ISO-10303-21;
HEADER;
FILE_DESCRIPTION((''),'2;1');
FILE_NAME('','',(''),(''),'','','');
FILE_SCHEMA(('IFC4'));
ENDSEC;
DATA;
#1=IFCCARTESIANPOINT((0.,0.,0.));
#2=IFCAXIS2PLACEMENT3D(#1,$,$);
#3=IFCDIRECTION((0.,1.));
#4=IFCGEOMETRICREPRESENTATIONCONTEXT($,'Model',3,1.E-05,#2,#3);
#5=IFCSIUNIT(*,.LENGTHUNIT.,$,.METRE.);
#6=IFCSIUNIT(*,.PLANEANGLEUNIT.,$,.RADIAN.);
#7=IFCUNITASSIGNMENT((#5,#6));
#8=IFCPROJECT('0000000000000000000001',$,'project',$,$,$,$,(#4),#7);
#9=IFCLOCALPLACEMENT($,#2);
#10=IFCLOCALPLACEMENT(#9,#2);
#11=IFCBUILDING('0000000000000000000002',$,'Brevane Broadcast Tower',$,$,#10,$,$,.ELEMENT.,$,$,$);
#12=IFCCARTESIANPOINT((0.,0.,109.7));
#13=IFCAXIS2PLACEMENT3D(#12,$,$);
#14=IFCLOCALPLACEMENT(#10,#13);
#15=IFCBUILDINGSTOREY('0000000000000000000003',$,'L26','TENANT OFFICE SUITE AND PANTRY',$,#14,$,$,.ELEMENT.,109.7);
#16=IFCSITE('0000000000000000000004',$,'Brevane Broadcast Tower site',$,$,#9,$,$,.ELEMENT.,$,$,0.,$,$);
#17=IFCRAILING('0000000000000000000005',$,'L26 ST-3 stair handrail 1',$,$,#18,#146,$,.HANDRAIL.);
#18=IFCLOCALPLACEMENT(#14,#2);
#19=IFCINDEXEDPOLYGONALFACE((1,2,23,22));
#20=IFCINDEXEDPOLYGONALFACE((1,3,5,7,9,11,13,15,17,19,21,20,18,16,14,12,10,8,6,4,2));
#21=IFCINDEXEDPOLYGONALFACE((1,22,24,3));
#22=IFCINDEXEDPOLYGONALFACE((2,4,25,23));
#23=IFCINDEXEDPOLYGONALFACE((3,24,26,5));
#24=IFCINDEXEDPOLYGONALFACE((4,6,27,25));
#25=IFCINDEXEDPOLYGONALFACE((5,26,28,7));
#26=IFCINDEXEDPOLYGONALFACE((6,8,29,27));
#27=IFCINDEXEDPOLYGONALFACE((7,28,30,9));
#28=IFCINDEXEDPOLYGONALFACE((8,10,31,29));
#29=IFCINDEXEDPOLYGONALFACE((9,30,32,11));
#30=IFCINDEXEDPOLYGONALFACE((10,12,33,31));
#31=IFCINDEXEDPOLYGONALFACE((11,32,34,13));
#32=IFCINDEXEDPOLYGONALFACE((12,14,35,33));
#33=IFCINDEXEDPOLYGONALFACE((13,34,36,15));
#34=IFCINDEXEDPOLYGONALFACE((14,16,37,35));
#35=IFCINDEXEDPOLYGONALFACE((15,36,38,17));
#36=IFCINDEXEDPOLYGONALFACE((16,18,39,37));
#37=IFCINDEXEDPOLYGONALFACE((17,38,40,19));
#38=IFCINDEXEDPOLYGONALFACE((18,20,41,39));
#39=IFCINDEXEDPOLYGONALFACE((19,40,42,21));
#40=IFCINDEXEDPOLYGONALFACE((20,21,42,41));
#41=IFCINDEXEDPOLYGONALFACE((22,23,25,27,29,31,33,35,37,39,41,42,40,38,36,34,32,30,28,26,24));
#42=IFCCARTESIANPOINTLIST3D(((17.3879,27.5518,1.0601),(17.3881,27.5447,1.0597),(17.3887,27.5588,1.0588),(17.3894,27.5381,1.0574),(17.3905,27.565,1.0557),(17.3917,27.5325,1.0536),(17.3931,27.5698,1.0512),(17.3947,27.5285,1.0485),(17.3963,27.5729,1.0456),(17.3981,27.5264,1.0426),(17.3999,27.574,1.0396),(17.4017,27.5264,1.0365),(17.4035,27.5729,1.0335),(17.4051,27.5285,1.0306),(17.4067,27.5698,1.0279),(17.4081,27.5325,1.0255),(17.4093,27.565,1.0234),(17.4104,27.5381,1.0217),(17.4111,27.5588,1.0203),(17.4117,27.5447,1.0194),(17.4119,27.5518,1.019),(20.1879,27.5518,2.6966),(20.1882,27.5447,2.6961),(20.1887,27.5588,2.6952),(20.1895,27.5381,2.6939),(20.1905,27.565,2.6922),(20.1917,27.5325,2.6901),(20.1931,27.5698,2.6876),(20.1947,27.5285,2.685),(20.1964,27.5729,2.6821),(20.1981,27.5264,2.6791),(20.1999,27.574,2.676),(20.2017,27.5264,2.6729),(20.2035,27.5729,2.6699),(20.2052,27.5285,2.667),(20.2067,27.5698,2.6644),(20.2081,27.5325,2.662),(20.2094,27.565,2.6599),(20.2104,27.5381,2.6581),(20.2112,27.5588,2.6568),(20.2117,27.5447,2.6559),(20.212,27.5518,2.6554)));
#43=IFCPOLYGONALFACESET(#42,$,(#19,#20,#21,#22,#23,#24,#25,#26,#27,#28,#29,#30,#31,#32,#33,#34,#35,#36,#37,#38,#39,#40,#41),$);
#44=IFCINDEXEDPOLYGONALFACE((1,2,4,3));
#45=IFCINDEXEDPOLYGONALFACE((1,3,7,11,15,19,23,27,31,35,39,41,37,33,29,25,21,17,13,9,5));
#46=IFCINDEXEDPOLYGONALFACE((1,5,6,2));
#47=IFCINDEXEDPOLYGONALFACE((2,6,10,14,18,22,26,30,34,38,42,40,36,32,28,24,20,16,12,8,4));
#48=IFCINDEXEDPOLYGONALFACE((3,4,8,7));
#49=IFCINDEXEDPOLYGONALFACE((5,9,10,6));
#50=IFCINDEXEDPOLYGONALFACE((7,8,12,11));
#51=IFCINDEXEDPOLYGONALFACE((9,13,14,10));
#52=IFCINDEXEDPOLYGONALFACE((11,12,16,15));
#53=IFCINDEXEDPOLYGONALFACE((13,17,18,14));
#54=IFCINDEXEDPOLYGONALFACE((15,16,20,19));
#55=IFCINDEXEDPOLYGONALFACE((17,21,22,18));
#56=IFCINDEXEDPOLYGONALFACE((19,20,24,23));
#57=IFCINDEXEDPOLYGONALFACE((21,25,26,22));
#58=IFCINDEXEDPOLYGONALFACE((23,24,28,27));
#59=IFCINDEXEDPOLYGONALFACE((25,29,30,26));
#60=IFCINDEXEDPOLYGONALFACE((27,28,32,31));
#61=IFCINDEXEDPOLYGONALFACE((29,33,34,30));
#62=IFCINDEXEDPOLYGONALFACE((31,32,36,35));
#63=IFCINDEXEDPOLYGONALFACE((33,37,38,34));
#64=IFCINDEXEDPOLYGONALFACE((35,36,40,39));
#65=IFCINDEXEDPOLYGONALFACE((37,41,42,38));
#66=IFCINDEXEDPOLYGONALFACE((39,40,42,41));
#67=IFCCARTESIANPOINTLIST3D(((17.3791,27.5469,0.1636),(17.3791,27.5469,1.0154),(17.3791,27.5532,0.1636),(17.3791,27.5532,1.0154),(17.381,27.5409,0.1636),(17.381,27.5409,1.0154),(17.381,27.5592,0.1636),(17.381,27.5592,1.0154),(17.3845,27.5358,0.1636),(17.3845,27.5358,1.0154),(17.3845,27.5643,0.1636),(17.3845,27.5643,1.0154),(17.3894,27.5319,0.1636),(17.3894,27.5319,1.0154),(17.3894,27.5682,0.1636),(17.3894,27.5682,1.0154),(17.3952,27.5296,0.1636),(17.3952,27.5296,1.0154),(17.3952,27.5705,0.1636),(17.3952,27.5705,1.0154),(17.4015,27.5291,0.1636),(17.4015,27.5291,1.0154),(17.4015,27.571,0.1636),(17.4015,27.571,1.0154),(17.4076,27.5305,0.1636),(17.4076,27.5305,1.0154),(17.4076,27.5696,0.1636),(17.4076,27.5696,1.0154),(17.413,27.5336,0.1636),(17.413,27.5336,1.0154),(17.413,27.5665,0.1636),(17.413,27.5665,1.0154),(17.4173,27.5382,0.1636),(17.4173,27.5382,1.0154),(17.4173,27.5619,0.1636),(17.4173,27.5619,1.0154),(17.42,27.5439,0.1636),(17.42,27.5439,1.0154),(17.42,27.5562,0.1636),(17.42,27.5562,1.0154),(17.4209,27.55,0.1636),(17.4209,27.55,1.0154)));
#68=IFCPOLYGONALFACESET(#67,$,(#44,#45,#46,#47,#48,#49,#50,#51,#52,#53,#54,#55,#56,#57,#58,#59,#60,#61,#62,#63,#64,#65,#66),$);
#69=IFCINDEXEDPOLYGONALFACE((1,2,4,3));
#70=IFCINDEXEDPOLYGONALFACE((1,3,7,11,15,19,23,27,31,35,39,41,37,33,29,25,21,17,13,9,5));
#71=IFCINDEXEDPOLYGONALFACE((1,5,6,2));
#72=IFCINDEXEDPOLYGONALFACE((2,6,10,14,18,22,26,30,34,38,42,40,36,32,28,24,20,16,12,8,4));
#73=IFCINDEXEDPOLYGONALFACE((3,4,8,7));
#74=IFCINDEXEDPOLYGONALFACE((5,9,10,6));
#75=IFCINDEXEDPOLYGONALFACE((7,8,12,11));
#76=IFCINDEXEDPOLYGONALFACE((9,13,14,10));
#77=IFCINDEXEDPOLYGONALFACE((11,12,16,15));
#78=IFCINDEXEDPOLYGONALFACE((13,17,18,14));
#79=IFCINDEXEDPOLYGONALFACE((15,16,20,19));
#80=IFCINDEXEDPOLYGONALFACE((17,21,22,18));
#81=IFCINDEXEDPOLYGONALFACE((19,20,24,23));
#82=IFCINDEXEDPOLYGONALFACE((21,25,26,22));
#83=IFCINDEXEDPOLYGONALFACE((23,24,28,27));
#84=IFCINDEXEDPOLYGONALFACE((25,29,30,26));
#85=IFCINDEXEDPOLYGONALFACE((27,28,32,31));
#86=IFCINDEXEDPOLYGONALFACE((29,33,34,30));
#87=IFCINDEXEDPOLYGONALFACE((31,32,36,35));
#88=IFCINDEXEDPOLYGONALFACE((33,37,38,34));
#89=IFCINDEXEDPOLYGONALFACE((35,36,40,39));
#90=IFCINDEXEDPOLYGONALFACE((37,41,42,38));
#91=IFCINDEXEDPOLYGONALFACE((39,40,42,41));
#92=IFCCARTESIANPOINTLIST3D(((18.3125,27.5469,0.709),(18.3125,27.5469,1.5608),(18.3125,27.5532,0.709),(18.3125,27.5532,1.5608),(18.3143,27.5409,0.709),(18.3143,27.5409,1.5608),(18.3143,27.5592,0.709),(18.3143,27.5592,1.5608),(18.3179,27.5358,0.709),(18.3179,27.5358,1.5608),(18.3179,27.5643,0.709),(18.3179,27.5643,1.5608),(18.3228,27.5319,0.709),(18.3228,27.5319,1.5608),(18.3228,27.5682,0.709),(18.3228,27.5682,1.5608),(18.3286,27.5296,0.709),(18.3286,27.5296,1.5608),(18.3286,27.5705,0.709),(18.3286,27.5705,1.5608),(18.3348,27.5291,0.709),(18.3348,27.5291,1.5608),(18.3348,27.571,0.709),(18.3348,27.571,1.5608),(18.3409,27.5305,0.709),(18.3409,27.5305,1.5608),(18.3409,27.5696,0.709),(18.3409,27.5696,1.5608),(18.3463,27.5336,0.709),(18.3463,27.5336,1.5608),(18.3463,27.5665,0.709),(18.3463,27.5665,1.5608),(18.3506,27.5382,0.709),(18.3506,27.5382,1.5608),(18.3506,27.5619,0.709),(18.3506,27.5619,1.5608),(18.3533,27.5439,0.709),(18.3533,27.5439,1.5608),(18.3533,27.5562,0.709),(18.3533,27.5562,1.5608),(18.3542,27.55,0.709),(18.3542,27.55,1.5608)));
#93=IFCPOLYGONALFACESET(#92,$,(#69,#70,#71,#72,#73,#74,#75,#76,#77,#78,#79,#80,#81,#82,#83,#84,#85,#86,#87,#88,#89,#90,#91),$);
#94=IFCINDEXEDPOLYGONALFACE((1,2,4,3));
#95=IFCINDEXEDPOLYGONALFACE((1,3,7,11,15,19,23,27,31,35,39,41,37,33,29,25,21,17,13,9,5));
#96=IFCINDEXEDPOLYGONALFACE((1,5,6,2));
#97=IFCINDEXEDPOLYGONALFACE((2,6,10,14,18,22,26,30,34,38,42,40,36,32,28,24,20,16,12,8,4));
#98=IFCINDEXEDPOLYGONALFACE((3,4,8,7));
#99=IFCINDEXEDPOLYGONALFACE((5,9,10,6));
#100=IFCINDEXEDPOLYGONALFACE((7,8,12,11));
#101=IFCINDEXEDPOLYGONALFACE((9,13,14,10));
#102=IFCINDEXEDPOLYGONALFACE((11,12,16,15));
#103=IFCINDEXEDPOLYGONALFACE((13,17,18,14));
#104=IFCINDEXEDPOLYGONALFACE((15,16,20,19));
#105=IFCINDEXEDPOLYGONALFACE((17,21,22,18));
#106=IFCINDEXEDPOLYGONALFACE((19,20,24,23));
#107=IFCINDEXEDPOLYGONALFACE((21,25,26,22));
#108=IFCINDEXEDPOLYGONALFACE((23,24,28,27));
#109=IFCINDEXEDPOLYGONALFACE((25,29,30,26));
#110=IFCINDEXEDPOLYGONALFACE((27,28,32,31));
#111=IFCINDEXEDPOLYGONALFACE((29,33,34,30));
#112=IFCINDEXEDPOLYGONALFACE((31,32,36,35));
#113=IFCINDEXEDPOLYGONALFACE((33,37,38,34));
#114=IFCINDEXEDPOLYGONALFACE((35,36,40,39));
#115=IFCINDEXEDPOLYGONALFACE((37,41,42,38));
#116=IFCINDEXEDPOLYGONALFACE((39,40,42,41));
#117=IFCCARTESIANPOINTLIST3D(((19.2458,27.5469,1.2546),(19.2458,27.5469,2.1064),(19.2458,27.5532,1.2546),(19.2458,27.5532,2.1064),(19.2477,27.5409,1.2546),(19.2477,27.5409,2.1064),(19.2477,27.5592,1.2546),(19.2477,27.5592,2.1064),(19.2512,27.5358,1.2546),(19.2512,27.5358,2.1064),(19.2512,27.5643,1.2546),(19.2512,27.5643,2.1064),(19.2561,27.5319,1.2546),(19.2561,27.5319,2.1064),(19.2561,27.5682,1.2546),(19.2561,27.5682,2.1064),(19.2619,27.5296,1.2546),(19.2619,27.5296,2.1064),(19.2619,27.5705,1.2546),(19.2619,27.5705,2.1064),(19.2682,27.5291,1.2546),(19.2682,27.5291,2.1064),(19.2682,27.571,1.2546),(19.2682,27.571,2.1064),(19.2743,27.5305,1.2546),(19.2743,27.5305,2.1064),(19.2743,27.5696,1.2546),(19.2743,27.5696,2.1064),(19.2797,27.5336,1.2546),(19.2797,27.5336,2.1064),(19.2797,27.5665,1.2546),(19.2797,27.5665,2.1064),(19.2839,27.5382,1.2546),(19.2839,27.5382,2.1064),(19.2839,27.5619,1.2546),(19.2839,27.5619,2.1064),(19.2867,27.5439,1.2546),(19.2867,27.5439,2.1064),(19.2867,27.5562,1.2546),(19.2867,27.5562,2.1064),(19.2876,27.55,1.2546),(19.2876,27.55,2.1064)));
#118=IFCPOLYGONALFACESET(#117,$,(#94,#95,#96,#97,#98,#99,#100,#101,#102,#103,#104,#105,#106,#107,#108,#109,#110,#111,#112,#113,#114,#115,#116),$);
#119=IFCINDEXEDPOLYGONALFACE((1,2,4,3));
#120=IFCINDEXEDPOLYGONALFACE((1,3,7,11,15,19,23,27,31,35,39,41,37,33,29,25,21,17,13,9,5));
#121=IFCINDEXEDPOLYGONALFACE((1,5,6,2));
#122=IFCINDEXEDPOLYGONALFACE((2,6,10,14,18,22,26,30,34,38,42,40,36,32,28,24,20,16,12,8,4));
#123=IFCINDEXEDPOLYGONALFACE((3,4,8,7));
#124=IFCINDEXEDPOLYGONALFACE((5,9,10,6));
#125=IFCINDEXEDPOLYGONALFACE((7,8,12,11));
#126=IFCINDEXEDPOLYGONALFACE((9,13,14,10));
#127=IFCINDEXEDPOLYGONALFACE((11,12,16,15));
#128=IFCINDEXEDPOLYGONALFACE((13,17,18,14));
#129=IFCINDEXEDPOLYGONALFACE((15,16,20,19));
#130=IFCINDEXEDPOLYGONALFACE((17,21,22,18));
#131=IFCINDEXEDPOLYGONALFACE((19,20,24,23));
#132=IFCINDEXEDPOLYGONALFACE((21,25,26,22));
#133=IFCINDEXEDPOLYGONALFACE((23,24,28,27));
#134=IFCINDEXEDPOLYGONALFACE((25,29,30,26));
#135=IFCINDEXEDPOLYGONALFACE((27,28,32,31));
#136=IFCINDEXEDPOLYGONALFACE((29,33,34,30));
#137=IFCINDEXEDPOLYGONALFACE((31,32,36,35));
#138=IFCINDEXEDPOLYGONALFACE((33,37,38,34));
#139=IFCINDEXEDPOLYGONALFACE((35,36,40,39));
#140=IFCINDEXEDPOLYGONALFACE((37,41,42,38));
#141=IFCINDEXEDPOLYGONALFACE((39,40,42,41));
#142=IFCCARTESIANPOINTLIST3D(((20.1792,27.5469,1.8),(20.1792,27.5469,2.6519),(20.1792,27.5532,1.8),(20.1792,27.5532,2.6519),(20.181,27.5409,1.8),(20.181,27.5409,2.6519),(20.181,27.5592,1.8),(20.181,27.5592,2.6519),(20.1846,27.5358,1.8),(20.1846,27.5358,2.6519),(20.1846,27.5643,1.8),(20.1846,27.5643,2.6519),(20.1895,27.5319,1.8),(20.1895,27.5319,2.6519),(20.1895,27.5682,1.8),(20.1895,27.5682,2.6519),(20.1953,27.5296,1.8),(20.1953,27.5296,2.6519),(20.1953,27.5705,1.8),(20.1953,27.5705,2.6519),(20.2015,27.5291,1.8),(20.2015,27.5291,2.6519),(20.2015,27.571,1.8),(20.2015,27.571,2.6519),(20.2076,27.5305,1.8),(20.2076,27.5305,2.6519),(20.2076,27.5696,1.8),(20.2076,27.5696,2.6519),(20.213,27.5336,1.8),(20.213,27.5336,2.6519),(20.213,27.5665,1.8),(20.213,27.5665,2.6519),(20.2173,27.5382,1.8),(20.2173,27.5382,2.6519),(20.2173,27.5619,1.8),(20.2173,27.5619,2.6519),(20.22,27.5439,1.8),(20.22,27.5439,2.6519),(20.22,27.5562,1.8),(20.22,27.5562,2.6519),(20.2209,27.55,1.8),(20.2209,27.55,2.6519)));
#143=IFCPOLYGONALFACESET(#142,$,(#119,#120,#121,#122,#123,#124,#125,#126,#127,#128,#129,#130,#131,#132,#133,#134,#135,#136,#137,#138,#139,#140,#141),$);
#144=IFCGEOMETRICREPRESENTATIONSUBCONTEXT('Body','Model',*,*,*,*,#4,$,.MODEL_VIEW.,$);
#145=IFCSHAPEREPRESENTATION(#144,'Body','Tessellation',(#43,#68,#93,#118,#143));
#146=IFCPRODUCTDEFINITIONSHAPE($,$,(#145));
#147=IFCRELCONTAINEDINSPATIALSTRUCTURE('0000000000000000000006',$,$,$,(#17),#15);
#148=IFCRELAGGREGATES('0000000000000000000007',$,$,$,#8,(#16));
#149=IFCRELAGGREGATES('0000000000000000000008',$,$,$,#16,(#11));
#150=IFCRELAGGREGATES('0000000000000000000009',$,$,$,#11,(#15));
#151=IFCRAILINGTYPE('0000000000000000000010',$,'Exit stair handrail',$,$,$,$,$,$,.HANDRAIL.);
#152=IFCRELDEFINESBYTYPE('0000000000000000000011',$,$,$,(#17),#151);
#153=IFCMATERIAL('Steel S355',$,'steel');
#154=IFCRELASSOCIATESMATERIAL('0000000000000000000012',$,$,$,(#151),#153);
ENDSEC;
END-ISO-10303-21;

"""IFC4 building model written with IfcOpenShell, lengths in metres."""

from ifc_helpers import new_model, si_unit, direction, frame, origin, origin_2d, place, context, subcontext, project, spatial, circle, extrude, material, type_object, element, save


model = new_model("IFC4")

# Units and contexts
model_context = context("Model", 3, precision=1e-05, world=origin(), true_north=direction((0.0, 1.0)))
body_context = subcontext(model_context, "Body", "Model", "MODEL_VIEW")
ifc_project = project(units=[si_unit("LENGTHUNIT", "METRE"), si_unit("PLANEANGLEUNIT", "RADIAN")], contexts=[model_context])

# Site, building, storey
site_placement = place(None, origin())
site = spatial("IfcSite", under=ifc_project, at=site_placement, Name="Brevane Broadcast Tower site", CompositionType="ELEMENT", RefElevation=0.0)
building_placement = place(site_placement, origin())
building = spatial("IfcBuilding", under=site, at=building_placement, Name="Brevane Broadcast Tower", CompositionType="ELEMENT")
storey_placement = place(building_placement, frame((0.0, 0.0, 109.7)))
storey = spatial("IfcBuildingStorey", under=building, at=storey_placement, Name="L26", Description="TENANT OFFICE SUITE AND PANTRY", CompositionType="ELEMENT", Elevation=109.7)

# Railing
ifc_material_1 = material(Name="Steel S355", Category="steel")
railing_type_1 = type_object("IfcRailingType", Name="Exit stair handrail", PredefinedType="HANDRAIL", material=ifc_material_1)
railing_1_placement = place(storey_placement, frame((17.3999, 27.55, 0.1636)))
element("IfcRailing", 1, at=railing_1_placement, inside=storey, type_object=railing_type_1, Name="L26 ST-3 stair handrail 1", PredefinedType="HANDRAIL", context=body_context, shape_type="SweptSolid", body=[
    extrude(circle(Radius=0.0239, at=origin_2d()), frame((0.0, 0.0, 0.876), z_axis=(0.863361, 0.0, 0.504587), x_axis=(0.0, 1.0, 0.0)), (0.0, 0.0, 1.0), 3.2432),
    extrude(circle(Radius=0.021, at=origin_2d()), origin(), (0.0, 0.0, 1.0), 0.8518),
    extrude(circle(Radius=0.021, at=origin_2d()), frame((0.9333, 0.0, 0.5454)), (0.0, 0.0, 1.0), 0.8518),
    extrude(circle(Radius=0.021, at=origin_2d()), frame((1.8667, 0.0, 1.0911)), (0.0, 0.0, 1.0), 0.8518),
    extrude(circle(Radius=0.021, at=origin_2d()), frame((2.8, 0.0, 1.6365)), (0.0, 0.0, 1.0), 0.8518),
])

save(model, "model.ifc")
